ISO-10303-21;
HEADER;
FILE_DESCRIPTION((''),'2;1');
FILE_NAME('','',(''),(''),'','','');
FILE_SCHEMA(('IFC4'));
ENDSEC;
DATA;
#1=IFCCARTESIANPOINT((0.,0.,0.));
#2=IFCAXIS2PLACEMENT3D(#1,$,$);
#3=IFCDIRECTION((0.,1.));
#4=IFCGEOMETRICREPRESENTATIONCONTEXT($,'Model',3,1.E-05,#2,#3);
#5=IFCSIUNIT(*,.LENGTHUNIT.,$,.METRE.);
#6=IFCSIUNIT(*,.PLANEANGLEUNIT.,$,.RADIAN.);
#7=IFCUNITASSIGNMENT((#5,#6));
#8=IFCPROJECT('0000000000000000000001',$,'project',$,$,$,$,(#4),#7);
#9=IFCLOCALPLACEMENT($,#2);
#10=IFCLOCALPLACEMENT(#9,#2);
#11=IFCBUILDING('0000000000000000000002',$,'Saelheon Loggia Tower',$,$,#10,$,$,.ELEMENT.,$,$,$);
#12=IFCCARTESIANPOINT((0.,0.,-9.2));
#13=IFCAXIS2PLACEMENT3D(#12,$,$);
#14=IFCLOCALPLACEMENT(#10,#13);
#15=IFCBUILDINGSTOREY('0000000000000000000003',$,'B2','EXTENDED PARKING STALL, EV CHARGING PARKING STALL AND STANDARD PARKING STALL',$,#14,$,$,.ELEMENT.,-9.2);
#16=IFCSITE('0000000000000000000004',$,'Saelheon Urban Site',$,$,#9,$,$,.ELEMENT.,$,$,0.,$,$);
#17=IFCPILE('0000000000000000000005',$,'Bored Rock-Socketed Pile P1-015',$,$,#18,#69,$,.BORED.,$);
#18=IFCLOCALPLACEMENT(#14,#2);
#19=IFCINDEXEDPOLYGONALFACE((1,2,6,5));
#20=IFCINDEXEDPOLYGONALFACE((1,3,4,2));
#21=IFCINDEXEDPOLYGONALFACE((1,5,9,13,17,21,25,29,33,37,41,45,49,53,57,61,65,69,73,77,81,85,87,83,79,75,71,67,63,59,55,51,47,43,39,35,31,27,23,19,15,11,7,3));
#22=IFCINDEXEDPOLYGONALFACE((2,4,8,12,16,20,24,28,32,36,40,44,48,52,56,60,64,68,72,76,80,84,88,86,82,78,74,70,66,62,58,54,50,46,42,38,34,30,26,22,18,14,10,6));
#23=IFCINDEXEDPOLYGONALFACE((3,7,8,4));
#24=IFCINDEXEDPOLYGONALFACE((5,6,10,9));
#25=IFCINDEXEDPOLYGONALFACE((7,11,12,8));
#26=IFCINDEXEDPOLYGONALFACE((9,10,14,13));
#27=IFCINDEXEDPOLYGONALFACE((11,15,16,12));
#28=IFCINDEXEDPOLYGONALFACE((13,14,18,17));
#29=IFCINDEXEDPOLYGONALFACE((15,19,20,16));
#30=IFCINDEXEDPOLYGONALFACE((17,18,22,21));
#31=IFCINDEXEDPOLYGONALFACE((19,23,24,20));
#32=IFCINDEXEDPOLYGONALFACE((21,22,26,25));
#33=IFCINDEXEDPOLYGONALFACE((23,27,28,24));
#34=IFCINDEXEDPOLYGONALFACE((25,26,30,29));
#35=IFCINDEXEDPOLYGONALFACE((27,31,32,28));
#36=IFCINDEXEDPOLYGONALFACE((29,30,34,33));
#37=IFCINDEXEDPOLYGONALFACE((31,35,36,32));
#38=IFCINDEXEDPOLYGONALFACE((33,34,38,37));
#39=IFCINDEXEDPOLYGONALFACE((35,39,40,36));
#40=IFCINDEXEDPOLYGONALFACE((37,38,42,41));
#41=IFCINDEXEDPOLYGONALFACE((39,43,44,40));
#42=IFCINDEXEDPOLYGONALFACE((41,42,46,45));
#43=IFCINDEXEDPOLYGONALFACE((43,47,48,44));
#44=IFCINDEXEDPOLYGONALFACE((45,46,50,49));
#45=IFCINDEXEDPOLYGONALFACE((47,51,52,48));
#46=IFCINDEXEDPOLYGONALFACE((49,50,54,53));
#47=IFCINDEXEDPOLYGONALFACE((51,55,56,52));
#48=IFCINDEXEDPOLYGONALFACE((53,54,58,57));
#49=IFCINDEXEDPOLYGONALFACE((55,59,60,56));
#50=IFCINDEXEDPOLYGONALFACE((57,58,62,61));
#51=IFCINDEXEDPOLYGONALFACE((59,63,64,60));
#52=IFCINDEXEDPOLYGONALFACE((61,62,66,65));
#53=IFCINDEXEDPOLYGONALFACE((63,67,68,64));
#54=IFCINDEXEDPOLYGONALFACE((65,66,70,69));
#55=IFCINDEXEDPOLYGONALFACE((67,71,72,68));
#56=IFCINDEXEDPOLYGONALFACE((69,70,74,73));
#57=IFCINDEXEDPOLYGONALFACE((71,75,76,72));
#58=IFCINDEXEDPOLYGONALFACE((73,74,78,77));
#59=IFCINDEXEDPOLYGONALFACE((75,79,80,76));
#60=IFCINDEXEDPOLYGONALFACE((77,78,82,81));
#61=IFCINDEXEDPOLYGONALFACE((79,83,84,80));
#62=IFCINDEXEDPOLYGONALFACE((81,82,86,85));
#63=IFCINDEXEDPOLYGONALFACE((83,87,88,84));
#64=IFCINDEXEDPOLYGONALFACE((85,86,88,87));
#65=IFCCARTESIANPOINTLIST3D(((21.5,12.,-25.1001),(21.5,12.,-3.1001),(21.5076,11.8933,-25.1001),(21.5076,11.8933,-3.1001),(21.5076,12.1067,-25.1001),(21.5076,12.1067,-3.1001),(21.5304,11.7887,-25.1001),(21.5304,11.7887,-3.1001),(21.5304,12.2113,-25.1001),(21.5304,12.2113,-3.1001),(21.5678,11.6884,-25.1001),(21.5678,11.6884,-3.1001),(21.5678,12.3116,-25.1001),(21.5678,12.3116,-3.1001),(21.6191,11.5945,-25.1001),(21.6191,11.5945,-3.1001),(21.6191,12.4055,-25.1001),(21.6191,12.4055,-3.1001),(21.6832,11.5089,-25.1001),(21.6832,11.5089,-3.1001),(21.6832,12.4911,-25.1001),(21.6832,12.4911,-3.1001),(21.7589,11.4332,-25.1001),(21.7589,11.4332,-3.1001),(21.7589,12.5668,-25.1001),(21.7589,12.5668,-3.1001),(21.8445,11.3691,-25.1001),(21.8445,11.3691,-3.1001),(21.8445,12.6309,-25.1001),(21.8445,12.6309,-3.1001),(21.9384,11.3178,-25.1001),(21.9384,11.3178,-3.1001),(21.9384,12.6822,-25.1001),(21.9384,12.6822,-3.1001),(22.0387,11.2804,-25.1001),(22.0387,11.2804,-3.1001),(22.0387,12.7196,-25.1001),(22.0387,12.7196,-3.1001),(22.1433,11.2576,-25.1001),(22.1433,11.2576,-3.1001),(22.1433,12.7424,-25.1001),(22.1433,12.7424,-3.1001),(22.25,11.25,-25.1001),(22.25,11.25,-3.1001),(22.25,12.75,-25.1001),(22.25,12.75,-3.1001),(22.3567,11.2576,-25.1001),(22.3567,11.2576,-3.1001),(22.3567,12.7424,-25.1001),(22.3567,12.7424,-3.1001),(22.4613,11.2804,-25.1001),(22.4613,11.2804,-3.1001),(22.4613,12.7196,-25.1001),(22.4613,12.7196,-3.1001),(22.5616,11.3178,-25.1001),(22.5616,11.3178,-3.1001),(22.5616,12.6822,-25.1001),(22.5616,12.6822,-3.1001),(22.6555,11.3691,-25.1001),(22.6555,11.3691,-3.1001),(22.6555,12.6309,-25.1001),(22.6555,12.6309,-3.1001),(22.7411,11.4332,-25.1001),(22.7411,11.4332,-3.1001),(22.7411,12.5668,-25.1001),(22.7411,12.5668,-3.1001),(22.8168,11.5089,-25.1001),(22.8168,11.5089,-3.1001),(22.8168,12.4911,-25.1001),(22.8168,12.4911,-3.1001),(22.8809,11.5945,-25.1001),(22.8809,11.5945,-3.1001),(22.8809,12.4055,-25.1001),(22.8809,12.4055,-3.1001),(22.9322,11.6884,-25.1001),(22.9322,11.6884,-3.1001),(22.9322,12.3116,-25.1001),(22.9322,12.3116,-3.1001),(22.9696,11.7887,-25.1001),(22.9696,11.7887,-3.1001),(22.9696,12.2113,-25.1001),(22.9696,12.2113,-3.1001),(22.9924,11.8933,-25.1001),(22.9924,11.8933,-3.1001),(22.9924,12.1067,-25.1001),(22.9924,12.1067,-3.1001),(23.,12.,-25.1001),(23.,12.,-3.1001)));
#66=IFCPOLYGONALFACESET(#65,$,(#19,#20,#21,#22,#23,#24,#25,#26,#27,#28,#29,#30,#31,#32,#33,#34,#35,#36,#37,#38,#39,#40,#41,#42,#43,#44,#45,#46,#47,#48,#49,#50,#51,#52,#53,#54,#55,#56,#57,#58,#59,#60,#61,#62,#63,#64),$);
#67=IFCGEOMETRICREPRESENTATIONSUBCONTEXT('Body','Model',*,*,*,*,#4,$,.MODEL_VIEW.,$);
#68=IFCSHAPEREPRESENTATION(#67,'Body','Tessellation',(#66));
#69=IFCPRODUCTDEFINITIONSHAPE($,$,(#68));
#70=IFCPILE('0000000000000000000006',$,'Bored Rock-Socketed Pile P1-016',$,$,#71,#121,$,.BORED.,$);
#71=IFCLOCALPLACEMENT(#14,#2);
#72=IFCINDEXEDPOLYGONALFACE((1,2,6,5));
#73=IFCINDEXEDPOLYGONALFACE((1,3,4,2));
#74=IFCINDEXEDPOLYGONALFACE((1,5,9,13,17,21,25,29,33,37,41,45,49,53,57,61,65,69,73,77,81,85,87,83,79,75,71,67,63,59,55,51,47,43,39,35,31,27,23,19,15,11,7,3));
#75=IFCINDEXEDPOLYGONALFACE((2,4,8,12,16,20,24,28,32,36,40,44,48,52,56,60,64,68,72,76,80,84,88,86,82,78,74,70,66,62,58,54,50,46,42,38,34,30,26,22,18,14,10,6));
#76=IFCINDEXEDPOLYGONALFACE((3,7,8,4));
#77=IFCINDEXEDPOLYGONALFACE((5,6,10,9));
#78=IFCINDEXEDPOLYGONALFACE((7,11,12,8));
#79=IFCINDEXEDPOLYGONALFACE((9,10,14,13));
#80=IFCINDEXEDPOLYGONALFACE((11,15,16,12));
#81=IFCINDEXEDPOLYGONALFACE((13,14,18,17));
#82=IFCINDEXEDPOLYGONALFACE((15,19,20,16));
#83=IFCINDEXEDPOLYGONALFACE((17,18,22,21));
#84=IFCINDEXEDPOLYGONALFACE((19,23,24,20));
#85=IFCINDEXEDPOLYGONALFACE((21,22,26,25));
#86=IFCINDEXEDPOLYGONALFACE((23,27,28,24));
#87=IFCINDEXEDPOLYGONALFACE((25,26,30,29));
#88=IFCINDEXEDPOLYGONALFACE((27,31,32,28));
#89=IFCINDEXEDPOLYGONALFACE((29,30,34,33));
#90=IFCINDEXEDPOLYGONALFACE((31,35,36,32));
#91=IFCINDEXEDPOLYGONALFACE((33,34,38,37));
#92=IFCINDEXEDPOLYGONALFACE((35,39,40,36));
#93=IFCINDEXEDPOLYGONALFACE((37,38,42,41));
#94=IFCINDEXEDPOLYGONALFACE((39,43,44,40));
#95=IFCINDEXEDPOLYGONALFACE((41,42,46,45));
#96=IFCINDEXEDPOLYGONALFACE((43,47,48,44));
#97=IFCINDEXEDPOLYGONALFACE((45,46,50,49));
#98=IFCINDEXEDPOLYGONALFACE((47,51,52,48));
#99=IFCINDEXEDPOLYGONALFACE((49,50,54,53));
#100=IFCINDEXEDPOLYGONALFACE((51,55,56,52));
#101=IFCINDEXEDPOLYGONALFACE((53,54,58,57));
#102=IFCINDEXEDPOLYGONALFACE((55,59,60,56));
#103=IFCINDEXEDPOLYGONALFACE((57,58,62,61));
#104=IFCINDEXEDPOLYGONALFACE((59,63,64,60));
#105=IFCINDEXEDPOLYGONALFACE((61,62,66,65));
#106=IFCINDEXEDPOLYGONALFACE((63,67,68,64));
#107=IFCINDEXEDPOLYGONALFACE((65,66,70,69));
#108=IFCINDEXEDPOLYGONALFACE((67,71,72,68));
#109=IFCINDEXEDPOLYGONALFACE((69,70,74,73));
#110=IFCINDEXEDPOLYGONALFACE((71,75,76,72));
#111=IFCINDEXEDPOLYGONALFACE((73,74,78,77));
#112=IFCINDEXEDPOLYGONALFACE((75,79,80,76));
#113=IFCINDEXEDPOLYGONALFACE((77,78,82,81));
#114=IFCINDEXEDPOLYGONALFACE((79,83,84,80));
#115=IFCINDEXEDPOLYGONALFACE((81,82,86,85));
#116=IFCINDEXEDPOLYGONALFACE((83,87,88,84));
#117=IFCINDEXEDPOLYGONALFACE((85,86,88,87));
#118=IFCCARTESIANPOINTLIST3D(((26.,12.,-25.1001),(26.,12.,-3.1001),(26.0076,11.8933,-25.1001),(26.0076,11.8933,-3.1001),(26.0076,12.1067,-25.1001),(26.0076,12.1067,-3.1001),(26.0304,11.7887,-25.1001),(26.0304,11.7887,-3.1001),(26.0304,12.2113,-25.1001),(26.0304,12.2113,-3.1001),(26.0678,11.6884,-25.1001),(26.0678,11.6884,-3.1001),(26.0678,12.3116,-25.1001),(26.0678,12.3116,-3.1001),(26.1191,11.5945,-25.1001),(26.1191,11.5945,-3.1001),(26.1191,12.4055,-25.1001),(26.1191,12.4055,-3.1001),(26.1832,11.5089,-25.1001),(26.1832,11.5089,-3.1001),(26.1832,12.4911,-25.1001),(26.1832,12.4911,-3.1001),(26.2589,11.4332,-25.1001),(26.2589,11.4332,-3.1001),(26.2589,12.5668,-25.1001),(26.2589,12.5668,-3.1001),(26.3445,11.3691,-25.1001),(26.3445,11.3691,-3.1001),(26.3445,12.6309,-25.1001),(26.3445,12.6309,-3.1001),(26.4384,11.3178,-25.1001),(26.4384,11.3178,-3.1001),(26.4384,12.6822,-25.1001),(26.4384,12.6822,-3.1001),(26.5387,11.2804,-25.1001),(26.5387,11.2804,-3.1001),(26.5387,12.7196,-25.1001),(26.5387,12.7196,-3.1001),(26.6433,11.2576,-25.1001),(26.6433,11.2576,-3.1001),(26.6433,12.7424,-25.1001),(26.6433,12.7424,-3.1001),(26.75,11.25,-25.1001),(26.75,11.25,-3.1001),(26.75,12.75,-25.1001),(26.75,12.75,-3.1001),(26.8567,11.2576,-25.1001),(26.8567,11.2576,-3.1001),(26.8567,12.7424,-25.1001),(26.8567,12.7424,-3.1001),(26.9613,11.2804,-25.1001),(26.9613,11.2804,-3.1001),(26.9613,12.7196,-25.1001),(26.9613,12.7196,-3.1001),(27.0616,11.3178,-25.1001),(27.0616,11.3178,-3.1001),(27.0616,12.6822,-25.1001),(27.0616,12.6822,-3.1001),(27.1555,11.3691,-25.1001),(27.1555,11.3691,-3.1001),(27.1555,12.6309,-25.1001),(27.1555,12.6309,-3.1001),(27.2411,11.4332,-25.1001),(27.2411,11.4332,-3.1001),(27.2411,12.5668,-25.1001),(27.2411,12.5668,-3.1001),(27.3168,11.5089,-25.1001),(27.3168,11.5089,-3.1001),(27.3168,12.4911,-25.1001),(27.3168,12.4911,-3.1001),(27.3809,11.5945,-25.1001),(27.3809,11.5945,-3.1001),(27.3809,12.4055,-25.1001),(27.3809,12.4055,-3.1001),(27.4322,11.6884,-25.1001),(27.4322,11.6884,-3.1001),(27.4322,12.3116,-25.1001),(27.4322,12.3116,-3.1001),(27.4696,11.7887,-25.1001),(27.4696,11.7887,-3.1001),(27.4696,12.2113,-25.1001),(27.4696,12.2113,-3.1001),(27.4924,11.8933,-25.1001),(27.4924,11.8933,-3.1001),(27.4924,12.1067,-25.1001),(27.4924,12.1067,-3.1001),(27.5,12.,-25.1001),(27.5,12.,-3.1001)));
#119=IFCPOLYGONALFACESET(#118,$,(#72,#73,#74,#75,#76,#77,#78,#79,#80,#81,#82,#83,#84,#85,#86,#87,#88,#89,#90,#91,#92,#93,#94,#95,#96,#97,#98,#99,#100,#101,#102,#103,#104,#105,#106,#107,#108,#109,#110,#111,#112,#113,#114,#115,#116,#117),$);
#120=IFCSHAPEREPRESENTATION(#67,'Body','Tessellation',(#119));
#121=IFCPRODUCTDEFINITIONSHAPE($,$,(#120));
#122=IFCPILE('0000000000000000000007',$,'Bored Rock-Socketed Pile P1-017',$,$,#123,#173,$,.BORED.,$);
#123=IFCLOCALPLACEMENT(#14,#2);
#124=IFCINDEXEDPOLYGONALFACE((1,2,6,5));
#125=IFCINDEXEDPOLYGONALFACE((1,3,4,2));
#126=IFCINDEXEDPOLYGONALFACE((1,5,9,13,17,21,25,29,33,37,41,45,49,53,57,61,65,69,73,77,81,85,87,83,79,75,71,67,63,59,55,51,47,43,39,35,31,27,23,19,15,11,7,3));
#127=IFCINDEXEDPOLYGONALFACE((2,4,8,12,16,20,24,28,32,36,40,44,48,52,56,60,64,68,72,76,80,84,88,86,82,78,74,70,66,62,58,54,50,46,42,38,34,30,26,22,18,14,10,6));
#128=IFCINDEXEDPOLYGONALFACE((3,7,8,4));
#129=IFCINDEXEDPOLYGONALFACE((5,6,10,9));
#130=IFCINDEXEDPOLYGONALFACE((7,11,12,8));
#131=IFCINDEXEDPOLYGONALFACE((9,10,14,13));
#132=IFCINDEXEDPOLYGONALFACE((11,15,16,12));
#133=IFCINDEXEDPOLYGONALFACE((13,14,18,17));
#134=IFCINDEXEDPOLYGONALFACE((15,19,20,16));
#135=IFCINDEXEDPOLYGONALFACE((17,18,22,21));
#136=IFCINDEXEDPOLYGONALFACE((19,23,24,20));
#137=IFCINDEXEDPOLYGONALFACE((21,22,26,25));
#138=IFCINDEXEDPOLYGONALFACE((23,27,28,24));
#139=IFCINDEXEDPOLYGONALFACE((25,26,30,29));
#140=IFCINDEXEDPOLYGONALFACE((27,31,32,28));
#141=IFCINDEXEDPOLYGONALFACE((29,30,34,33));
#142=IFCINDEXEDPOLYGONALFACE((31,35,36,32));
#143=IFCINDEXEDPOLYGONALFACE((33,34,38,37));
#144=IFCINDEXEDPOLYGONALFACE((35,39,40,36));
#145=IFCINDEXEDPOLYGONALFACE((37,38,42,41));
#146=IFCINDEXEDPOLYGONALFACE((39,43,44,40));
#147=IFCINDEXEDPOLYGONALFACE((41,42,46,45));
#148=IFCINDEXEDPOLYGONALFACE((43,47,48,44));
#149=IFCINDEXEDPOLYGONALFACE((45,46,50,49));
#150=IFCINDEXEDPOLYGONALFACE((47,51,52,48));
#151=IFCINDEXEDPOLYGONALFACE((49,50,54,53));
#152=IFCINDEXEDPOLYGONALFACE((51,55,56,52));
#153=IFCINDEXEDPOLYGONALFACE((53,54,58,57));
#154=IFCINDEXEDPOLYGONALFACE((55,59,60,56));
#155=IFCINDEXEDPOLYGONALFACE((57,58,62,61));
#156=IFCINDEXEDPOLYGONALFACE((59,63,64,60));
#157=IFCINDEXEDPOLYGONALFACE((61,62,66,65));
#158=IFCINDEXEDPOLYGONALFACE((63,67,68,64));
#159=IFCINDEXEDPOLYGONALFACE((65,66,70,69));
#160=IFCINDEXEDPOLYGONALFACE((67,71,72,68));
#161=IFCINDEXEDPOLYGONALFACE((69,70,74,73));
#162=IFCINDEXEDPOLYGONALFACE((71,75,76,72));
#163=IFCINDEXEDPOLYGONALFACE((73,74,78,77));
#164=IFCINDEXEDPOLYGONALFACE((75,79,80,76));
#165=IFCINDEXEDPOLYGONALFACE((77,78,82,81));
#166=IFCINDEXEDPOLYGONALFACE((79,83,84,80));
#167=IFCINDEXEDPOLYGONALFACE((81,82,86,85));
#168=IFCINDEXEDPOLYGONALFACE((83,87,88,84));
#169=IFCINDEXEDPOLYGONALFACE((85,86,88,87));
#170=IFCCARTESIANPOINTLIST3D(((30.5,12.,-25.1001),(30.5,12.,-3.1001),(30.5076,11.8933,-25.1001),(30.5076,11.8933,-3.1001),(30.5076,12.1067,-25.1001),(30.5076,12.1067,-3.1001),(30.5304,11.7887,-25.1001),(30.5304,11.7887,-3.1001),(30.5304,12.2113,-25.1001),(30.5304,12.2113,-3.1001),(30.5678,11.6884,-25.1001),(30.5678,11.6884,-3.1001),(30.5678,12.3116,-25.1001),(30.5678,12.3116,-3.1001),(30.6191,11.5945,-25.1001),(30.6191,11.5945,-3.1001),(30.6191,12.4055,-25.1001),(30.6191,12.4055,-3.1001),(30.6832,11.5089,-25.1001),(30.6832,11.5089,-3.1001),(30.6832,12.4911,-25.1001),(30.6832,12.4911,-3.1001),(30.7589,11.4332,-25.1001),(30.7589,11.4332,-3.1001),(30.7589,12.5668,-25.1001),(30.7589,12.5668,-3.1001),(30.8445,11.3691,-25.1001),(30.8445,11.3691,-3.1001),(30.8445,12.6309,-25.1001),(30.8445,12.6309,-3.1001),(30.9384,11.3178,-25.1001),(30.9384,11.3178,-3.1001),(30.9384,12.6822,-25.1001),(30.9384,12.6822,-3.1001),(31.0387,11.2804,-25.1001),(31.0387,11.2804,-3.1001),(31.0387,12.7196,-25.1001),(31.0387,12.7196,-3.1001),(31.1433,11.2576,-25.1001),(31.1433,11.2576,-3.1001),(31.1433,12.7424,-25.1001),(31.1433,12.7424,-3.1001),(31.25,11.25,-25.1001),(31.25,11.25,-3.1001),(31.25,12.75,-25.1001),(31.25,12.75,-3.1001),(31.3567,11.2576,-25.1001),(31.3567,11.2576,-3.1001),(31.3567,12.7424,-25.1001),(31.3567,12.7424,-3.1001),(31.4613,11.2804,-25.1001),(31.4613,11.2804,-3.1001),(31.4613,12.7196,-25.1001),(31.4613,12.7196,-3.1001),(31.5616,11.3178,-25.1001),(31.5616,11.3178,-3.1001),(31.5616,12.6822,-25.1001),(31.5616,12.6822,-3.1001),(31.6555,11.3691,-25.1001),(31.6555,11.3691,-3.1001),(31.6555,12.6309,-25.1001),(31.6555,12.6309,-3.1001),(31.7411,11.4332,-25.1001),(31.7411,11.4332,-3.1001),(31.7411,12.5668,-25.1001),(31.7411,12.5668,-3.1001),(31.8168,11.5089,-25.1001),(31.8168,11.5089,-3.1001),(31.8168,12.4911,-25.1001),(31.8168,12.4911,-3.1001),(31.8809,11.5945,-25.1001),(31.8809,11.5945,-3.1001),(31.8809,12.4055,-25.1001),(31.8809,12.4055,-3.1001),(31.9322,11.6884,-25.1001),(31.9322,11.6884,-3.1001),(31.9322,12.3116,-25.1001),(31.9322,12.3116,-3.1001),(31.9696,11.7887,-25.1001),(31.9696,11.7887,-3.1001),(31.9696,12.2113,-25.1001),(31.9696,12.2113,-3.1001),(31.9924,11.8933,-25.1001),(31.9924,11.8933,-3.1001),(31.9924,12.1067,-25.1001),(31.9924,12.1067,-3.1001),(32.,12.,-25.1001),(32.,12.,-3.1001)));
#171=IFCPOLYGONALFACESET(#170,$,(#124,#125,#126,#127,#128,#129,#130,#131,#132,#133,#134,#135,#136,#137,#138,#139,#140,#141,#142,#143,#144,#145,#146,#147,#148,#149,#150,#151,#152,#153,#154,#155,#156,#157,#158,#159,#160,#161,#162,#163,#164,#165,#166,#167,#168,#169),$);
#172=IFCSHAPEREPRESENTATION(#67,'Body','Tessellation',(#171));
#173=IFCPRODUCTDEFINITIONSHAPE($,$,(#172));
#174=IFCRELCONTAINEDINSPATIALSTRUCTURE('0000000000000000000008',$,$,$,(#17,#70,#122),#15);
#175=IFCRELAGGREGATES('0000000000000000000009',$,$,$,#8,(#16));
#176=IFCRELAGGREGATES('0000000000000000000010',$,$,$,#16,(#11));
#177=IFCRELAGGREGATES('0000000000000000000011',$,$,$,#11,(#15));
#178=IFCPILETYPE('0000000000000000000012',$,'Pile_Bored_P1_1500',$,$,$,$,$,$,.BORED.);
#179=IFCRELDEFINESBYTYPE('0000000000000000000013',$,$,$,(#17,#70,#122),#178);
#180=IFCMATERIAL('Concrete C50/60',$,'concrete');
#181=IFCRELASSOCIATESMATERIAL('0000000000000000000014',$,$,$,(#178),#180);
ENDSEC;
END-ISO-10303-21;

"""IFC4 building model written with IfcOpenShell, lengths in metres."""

from ifc_helpers import new_model, si_unit, direction, frame, origin, origin_2d, place, context, subcontext, project, spatial, circle, extrude, source, transform, mapped, material, material_profile, profile_set, type_object, element, save


model = new_model("IFC4")

# Units and contexts
model_context = context("Model", 3, precision=1e-05, world=origin(), true_north=direction((0.0, 1.0)))
body_context = subcontext(model_context, "Body", "Model", "MODEL_VIEW")
ifc_project = project(units=[si_unit("LENGTHUNIT", "METRE"), si_unit("PLANEANGLEUNIT", "RADIAN")], contexts=[model_context])

# Site, building, storey
site_placement = place(None, origin())
site = spatial("IfcSite", under=ifc_project, at=site_placement, Name="Saelheon Urban Site", CompositionType="ELEMENT", RefElevation=0.0)
building_placement = place(site_placement, origin())
building = spatial("IfcBuilding", under=site, at=building_placement, Name="Saelheon Loggia Tower", CompositionType="ELEMENT")
storey_placement = place(building_placement, frame((0.0, 0.0, -9.2)))
storey = spatial("IfcBuildingStorey", under=building, at=storey_placement, Name="B2", Description="EXTENDED PARKING STALL, EV CHARGING PARKING STALL AND STANDARD PARKING STALL", CompositionType="ELEMENT", Elevation=-9.2)

# Piles
ifc_material_1 = material(Name="Concrete C50/60", Category="concrete")
ifc_material_profile_1 = material_profile(ifc_material_1, circle(Radius=0.75, at=origin_2d()), Name="CIRC-1500")
ifc_profile_set_1 = profile_set([ifc_material_profile_1], Name="Concrete C50/60")
pile_type = type_object("IfcPileType", Name="Pile_Bored_P1_1500", PredefinedType="BORED", material=ifc_profile_set_1)
shared_shape_1 = source(origin(), body_context, "Body", "SweptSolid", [
    extrude(circle(Radius=0.75, at=origin_2d()), origin(), (0.0, 0.0, 1.0), 22.0),
])
for number, where, z_axis, x_axis, name in (
    (1, (22.25, 12.0, -3.1001), (0.0, 0.0, -1.0), (1.0, 0.0, 0.0), "Bored Rock-Socketed Pile P1-015"),
    (2, (26.75, 12.0, -3.1001), (0.0, 0.0, -1.0), (1.0, 0.0, 0.0), "Bored Rock-Socketed Pile P1-016"),
    (3, (31.25, 12.0, -3.1001), (0.0, 0.0, -1.0), (1.0, 0.0, 0.0), "Bored Rock-Socketed Pile P1-017"),
):
    element("IfcPile", number, at=place(storey_placement, frame(where, z_axis=z_axis, x_axis=x_axis)), inside=storey, type_object=pile_type, Name=name, PredefinedType="BORED", context=body_context, shape_type="MappedRepresentation", body=[
        mapped(shared_shape_1, transform((0.0, 0.0, 0.0), scale=1.0)),
    ])

save(model, "model.ifc")
